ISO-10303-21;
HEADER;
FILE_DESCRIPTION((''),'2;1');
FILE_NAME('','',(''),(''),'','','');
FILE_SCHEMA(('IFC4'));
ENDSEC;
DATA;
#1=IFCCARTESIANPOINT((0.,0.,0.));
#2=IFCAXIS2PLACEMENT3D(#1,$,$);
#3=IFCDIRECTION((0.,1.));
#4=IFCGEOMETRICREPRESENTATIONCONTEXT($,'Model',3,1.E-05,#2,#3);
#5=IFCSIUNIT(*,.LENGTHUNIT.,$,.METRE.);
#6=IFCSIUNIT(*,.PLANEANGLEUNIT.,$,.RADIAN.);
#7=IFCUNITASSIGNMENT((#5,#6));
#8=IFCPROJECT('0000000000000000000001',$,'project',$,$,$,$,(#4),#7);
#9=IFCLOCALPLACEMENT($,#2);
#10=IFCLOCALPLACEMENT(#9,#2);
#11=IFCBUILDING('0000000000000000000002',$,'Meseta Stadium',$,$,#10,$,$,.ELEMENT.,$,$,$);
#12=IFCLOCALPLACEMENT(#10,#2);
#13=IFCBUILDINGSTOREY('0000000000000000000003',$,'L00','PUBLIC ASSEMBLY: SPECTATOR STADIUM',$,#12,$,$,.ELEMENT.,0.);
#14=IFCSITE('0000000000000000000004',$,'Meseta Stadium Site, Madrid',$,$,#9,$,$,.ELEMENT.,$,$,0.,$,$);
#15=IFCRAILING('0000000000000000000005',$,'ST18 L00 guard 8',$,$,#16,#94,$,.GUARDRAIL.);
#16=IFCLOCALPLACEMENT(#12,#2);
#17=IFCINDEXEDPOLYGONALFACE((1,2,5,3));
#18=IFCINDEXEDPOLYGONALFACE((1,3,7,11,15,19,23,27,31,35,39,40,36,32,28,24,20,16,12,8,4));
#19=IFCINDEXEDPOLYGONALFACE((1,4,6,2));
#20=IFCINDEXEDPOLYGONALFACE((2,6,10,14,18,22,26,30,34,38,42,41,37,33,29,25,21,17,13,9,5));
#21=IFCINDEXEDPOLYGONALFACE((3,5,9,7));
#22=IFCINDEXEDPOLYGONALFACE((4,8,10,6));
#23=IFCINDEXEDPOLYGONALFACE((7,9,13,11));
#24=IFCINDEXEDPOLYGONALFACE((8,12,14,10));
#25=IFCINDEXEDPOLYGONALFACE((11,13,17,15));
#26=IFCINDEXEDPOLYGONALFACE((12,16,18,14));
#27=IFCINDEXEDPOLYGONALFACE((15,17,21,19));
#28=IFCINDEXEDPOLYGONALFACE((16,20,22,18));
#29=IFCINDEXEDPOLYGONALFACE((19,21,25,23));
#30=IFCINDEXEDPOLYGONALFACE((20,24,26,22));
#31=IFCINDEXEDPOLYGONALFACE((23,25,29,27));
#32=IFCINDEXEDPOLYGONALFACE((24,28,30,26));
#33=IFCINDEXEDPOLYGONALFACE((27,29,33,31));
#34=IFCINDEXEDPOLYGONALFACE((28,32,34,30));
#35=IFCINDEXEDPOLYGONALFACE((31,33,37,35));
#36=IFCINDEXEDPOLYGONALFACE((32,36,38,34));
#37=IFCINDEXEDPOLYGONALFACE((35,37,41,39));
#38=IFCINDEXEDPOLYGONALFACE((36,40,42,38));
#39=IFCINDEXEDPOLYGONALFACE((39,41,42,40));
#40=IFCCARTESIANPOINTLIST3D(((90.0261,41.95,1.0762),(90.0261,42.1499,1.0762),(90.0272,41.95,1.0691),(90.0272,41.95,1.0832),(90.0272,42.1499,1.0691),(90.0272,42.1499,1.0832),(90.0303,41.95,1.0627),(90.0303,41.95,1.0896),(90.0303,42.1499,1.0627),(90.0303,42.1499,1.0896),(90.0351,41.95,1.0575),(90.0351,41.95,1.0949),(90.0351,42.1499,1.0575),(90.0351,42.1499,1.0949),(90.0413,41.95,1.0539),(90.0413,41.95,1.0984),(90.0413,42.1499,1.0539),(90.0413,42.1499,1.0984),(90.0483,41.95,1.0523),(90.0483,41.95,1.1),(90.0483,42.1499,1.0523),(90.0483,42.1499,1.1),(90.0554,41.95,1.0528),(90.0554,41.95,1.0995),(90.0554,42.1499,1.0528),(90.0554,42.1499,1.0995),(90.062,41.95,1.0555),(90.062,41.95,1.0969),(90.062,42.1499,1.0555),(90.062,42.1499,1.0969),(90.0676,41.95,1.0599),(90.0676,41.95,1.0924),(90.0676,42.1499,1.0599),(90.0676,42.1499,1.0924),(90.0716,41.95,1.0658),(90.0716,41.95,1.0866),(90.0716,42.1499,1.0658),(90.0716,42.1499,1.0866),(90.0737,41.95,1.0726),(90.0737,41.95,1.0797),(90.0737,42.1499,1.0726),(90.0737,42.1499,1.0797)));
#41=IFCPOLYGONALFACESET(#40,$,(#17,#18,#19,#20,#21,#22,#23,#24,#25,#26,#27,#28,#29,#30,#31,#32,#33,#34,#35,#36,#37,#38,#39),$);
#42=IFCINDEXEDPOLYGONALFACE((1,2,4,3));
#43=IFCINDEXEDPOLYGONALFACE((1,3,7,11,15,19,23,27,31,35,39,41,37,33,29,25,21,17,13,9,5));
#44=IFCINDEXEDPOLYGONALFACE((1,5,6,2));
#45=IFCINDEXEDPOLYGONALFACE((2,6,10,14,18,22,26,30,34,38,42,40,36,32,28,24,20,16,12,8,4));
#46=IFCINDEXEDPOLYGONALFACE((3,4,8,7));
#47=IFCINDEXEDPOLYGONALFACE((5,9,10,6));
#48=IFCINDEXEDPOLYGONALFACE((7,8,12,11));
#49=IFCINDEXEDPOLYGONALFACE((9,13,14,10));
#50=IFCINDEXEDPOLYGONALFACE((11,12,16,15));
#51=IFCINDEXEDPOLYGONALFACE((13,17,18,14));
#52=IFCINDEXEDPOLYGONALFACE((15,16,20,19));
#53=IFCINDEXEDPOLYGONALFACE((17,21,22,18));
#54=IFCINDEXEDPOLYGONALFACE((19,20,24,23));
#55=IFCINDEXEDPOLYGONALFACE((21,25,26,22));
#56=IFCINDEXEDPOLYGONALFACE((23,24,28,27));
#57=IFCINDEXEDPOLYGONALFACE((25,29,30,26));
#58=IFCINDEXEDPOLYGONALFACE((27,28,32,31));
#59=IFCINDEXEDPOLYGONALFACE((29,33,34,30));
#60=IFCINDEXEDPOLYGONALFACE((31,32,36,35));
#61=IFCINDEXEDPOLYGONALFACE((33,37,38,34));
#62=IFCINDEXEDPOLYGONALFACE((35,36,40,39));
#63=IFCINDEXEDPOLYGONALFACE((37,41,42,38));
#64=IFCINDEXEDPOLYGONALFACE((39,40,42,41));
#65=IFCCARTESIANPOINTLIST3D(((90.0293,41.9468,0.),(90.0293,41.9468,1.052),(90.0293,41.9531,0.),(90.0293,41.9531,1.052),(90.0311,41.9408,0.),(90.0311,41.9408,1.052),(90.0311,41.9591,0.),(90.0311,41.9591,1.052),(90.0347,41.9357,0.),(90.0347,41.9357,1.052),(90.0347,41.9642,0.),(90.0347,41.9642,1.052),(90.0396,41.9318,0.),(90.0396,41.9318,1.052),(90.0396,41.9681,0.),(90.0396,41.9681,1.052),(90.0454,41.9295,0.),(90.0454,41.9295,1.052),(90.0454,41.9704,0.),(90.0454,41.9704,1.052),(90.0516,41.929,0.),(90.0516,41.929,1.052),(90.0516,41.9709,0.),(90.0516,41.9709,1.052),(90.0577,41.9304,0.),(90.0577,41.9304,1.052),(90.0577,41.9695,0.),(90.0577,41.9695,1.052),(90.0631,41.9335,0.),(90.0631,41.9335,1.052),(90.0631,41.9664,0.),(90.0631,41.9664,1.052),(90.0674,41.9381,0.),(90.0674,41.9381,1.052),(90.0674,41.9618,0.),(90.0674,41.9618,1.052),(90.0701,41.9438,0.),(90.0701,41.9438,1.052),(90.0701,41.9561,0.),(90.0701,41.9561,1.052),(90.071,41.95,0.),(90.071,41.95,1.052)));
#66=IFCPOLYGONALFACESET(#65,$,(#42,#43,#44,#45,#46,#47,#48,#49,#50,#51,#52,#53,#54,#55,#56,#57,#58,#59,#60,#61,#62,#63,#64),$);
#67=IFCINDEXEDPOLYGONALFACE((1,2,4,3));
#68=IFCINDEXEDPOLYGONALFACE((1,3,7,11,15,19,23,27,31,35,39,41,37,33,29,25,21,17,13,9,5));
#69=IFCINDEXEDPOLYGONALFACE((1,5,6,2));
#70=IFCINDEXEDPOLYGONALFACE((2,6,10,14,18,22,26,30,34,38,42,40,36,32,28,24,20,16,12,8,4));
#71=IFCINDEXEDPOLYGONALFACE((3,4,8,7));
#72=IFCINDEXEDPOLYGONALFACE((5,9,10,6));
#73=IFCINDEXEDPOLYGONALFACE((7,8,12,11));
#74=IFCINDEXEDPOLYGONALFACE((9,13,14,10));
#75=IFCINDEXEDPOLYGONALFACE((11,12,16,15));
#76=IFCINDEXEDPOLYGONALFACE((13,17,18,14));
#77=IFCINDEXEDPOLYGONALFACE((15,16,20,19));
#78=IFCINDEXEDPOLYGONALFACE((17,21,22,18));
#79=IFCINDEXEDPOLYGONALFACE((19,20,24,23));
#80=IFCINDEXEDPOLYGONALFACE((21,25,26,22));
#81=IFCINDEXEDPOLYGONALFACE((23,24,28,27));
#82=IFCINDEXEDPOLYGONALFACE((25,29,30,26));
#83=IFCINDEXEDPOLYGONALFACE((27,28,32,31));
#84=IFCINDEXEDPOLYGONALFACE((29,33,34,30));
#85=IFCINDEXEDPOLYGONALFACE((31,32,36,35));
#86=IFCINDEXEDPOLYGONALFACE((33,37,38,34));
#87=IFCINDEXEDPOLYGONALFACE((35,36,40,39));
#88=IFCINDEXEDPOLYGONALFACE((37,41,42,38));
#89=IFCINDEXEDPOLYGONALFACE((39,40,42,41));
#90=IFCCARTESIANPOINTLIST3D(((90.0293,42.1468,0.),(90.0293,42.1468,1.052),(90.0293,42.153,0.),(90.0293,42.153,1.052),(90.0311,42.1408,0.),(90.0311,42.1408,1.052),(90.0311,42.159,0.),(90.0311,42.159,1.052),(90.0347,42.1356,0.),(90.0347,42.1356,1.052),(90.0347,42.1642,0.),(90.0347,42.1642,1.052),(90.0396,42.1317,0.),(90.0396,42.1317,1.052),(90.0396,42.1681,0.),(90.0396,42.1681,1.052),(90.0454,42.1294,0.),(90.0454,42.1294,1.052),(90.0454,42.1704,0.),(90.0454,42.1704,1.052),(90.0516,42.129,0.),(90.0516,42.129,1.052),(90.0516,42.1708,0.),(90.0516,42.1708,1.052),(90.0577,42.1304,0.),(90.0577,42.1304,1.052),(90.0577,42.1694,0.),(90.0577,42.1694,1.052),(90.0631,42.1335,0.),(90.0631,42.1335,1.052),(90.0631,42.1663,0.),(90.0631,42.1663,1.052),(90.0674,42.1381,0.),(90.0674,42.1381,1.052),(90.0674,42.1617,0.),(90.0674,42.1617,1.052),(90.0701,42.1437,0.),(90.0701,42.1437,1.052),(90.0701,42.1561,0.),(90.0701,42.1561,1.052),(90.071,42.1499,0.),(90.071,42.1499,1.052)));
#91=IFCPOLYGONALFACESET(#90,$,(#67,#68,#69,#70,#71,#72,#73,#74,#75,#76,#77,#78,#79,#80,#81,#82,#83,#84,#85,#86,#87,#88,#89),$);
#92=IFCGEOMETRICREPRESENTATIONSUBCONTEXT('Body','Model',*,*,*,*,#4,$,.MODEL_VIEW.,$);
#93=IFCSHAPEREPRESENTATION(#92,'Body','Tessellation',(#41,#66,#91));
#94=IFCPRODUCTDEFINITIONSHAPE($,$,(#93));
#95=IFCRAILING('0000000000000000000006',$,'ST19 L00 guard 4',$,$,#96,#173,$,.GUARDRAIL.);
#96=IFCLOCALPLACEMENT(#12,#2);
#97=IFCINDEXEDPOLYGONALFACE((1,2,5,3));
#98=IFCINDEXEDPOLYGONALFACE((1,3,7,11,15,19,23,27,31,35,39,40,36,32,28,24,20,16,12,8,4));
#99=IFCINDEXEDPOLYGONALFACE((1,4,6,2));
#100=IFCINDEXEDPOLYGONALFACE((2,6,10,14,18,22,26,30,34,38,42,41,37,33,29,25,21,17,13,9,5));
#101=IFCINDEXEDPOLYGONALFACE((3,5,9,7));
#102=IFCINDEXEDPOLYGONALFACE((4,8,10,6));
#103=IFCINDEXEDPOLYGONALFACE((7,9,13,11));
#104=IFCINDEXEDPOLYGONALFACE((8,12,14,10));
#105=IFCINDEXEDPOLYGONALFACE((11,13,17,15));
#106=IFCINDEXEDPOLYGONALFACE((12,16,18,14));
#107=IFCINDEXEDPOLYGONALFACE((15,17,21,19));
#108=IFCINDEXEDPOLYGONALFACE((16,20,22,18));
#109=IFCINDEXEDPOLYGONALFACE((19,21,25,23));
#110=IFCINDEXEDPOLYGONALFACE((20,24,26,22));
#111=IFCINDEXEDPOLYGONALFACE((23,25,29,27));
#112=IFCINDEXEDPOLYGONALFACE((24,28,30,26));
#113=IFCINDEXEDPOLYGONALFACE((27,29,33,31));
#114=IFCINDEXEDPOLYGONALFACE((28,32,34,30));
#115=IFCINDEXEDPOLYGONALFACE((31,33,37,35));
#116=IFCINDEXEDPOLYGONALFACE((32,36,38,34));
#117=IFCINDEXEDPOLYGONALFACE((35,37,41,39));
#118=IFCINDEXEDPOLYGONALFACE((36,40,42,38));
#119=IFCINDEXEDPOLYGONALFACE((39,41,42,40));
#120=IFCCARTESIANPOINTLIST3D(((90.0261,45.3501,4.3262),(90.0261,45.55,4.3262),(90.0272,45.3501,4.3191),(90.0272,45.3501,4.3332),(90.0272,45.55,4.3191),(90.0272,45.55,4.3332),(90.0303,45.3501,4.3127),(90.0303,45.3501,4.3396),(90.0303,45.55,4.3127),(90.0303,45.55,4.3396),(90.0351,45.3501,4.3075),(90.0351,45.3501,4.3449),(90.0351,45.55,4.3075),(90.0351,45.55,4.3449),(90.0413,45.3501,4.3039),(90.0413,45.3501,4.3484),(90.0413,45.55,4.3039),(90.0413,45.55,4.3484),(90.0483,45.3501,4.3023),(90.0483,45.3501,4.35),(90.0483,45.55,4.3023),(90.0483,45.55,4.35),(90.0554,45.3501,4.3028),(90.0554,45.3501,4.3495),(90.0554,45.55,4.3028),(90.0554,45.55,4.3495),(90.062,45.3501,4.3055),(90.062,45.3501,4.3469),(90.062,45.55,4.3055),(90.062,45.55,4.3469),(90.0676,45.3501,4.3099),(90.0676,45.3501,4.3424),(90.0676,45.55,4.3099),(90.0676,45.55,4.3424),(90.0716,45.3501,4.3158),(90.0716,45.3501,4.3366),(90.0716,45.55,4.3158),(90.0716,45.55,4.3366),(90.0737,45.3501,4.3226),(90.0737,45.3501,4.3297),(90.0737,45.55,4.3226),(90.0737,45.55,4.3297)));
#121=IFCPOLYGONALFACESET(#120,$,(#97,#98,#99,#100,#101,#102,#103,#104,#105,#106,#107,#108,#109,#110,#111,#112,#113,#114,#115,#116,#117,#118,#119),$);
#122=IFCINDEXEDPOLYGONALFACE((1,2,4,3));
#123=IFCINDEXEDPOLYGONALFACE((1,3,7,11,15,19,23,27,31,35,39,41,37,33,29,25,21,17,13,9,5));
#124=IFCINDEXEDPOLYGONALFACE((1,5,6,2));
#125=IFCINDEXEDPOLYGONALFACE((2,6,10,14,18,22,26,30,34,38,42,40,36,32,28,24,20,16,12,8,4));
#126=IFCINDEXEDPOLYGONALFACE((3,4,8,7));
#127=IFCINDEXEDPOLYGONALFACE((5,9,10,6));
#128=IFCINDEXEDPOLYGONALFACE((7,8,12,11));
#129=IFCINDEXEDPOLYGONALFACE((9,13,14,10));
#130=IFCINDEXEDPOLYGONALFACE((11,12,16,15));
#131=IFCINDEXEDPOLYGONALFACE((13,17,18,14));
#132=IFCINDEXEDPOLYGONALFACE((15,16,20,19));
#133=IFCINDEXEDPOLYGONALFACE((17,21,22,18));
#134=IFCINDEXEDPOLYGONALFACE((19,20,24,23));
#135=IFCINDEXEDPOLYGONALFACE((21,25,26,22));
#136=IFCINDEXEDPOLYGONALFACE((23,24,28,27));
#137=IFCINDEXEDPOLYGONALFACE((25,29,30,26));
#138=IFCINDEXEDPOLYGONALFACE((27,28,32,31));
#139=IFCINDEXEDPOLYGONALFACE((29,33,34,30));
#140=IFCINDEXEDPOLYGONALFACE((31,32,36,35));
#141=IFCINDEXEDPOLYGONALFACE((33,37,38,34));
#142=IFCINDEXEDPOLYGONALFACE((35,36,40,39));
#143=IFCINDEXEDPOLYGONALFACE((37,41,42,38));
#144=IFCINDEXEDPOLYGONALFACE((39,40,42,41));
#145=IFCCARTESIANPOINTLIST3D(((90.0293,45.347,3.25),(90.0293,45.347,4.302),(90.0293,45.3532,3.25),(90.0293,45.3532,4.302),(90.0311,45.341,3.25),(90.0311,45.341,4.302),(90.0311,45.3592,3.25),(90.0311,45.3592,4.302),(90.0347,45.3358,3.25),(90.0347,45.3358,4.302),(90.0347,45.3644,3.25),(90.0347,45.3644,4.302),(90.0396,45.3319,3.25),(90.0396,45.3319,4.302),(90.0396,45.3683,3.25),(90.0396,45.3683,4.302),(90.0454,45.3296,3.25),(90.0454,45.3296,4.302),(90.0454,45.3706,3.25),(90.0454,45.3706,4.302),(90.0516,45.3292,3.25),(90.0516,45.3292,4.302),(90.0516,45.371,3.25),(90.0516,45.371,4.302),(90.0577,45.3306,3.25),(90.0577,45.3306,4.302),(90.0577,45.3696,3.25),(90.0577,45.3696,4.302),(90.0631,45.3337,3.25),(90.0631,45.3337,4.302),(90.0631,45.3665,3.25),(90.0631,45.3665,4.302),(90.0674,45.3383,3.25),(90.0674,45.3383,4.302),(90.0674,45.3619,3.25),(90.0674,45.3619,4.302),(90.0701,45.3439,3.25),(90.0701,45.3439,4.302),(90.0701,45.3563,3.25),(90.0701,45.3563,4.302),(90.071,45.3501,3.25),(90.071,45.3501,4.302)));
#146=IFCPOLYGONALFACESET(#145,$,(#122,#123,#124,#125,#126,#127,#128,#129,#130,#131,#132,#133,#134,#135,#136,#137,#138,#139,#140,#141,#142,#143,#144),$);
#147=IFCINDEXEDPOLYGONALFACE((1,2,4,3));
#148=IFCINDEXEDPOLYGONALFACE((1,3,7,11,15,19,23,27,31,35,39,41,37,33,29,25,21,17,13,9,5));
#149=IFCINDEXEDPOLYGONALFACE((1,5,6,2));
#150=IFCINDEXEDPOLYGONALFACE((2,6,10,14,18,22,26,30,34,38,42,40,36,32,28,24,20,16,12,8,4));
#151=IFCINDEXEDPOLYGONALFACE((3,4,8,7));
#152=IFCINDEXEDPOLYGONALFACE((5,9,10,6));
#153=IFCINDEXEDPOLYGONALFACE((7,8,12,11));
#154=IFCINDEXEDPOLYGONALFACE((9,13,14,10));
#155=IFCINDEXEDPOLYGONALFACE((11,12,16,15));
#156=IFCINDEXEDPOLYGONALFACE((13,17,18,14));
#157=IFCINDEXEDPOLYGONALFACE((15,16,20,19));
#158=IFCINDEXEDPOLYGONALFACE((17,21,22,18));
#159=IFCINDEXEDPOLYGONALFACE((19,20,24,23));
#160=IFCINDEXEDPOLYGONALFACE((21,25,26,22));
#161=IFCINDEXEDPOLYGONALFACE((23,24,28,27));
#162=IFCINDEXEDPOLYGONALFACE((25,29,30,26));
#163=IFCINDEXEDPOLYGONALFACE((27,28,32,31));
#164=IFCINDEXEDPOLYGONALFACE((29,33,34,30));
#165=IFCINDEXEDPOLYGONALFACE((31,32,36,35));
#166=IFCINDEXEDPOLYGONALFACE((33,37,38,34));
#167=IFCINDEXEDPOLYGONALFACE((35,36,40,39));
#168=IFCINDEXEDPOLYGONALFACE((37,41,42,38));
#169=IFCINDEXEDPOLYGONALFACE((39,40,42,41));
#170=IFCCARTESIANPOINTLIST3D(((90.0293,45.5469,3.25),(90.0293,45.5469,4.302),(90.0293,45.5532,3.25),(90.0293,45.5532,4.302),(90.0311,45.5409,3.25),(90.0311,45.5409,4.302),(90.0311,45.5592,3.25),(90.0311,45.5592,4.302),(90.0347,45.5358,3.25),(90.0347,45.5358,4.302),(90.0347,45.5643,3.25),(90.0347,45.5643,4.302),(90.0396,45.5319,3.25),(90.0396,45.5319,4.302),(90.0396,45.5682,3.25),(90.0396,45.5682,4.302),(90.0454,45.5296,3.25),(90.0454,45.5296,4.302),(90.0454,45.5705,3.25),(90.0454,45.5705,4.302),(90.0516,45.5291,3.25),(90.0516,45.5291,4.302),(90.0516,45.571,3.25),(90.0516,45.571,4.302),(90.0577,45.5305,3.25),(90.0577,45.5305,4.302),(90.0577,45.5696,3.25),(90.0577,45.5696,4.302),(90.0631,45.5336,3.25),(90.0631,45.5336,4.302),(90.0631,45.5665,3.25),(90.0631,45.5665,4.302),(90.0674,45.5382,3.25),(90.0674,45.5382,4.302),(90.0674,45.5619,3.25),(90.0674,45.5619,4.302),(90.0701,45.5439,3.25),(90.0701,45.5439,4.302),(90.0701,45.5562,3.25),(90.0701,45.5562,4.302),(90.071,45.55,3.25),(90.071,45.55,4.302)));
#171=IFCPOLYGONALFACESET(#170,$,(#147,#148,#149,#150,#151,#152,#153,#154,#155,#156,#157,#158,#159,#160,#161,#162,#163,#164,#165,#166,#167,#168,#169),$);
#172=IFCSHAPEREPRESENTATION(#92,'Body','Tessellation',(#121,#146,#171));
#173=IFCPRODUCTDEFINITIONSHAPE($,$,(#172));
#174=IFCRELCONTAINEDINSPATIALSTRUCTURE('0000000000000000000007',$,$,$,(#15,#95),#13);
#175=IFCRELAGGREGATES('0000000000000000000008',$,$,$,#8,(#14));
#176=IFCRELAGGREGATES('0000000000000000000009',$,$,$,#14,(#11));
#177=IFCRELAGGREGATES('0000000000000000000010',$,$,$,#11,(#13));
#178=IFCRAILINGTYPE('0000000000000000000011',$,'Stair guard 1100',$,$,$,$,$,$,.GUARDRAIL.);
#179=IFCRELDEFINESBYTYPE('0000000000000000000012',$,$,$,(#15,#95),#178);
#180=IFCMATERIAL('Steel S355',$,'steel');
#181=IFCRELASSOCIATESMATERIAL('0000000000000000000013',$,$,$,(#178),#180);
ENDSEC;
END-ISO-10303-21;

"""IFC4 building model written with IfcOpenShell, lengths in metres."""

from ifc_helpers import new_model, si_unit, direction, frame, origin, origin_2d, place, context, subcontext, project, spatial, circle, extrude, material, type_object, element, save


model = new_model("IFC4")

# Units and contexts
model_context = context("Model", 3, precision=1e-05, world=origin(), true_north=direction((0.0, 1.0)))
body_context = subcontext(model_context, "Body", "Model", "MODEL_VIEW")
ifc_project = project(units=[si_unit("LENGTHUNIT", "METRE"), si_unit("PLANEANGLEUNIT", "RADIAN")], contexts=[model_context])

# Site, building, storey
site_placement = place(None, origin())
site = spatial("IfcSite", under=ifc_project, at=site_placement, Name="Meseta Stadium Site, Madrid", CompositionType="ELEMENT", RefElevation=0.0)
building_placement = place(site_placement, origin())
building = spatial("IfcBuilding", under=site, at=building_placement, Name="Meseta Stadium", CompositionType="ELEMENT")
storey_placement = place(building_placement, origin())
storey = spatial("IfcBuildingStorey", under=building, at=storey_placement, Name="L00", Description="PUBLIC ASSEMBLY: SPECTATOR STADIUM", CompositionType="ELEMENT", Elevation=0.0)

# Railings
ifc_material_1 = material(Name="Steel S355", Category="steel")
railing_type_1 = type_object("IfcRailingType", Name="Stair guard 1100", PredefinedType="GUARDRAIL", material=ifc_material_1)
for number, where, name in (
    (1, (90.05, 41.95, 0.0), "ST18 L00 guard 8"),
    (2, (90.05, 45.3501, 3.25), "ST19 L00 guard 4"),
):
    element("IfcRailing", number, at=place(storey_placement, frame(where)), inside=storey, type_object=railing_type_1, Name=name, PredefinedType="GUARDRAIL", context=body_context, shape_type="SweptSolid", body=[
        extrude(circle(Radius=0.0239, at=origin_2d()), frame((0.0, 0.0, 1.0762), z_axis=(0.0, 1.0, 0.0), x_axis=(-1.0, 0.0, 0.0)), (0.0, 0.0, 1.0), 0.2),
        extrude(circle(Radius=0.021, at=origin_2d()), origin(), (0.0, 0.0, 1.0), 1.052),
        extrude(circle(Radius=0.021, at=origin_2d()), frame((0.0, 0.2, 0.0)), (0.0, 0.0, 1.0), 1.052),
    ])

save(model, "model.ifc")
